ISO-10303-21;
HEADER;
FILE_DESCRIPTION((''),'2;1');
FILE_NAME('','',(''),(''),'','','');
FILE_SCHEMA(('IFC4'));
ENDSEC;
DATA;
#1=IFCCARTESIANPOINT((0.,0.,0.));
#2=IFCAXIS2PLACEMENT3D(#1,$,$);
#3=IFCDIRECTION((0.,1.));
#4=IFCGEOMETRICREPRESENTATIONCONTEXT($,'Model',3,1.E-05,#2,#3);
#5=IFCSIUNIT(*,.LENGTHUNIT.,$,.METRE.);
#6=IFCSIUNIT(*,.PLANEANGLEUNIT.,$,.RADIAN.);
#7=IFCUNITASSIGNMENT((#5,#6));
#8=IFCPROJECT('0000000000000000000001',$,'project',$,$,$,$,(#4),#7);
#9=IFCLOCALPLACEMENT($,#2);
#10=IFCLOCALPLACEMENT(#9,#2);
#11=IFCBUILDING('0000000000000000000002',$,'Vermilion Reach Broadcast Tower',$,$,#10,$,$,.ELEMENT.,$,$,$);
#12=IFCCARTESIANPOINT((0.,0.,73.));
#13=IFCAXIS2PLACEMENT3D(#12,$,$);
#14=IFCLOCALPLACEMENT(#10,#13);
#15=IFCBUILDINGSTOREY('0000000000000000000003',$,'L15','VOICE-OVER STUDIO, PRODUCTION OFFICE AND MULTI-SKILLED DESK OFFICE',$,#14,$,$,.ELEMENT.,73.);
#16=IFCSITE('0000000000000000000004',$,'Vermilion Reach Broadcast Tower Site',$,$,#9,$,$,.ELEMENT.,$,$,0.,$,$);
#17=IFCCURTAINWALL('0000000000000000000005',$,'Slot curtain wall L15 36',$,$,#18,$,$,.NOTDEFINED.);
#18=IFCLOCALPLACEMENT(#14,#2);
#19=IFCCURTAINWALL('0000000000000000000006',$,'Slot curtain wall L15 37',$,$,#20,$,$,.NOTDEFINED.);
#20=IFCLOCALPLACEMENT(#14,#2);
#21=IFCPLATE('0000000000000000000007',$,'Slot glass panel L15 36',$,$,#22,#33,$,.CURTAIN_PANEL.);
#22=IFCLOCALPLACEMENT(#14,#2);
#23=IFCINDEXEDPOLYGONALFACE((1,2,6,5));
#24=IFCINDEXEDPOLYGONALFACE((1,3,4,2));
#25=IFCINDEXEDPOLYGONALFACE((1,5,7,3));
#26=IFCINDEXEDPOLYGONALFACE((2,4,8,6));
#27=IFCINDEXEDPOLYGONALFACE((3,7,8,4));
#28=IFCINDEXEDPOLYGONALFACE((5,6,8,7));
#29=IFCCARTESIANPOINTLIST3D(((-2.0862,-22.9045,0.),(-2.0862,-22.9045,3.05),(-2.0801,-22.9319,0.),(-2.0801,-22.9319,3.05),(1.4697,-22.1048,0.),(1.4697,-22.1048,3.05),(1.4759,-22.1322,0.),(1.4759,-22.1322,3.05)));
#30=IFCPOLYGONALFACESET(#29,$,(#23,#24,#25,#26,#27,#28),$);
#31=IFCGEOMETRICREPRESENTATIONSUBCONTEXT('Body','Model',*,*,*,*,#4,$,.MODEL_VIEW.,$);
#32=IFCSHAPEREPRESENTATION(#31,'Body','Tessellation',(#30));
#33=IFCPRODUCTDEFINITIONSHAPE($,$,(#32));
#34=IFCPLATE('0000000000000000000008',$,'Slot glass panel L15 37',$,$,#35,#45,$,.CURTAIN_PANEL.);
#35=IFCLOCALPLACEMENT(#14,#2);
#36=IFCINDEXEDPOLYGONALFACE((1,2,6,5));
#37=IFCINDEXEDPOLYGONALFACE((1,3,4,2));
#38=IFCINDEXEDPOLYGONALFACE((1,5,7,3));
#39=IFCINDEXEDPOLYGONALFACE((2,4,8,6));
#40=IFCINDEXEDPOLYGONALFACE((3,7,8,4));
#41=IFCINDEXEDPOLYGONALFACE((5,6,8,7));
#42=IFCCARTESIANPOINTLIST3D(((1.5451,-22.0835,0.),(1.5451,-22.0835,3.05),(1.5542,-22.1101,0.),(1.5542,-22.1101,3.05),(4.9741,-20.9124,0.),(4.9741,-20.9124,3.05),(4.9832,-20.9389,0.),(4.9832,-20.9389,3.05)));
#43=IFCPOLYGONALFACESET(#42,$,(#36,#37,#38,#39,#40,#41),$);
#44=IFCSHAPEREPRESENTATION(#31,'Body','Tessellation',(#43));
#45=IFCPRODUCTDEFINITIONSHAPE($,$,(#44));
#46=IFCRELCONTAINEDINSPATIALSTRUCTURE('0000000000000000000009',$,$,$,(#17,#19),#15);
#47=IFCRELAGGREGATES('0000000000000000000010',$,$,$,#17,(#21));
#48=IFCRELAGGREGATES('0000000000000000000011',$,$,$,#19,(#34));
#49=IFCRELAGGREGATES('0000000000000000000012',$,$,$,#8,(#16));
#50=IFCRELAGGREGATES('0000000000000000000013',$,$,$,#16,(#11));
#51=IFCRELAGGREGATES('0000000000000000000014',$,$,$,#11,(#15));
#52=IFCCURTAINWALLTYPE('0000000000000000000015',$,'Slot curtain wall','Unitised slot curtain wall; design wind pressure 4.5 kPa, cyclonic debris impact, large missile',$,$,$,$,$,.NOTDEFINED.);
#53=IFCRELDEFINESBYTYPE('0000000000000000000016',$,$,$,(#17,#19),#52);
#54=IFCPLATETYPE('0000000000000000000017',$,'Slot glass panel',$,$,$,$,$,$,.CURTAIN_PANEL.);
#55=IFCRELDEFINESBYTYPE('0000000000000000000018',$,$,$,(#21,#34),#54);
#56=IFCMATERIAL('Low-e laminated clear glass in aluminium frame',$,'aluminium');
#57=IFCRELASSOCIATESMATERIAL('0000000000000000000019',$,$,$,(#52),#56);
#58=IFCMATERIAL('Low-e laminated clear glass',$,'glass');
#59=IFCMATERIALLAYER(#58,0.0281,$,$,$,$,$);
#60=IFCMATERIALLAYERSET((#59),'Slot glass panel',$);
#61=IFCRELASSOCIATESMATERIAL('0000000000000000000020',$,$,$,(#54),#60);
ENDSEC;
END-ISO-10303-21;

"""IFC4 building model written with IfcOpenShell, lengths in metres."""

from ifc_helpers import new_model, si_unit, direction, frame, origin, origin_2d, place, context, subcontext, project, spatial, rectangle, extrude, material, layer, layer_set, type_object, element, aggregate, save


model = new_model("IFC4")

# Units and contexts
model_context = context("Model", 3, precision=1e-05, world=origin(), true_north=direction((0.0, 1.0)))
body_context = subcontext(model_context, "Body", "Model", "MODEL_VIEW")
ifc_project = project(units=[si_unit("LENGTHUNIT", "METRE"), si_unit("PLANEANGLEUNIT", "RADIAN")], contexts=[model_context])

# Site, building, storey
site_placement = place(None, origin())
site = spatial("IfcSite", under=ifc_project, at=site_placement, Name="Vermilion Reach Broadcast Tower Site", CompositionType="ELEMENT", RefElevation=0.0)
building_placement = place(site_placement, origin())
building = spatial("IfcBuilding", under=site, at=building_placement, Name="Vermilion Reach Broadcast Tower", CompositionType="ELEMENT")
storey_placement = place(building_placement, frame((0.0, 0.0, 73.0)))
storey = spatial("IfcBuildingStorey", under=building, at=storey_placement, Name="L15", Description="VOICE-OVER STUDIO, PRODUCTION OFFICE AND MULTI-SKILLED DESK OFFICE", CompositionType="ELEMENT", Elevation=73.0)

# Curtain walls
ifc_material_1 = material(Name="Low-e laminated clear glass in aluminium frame", Category="aluminium")
curtain_wall_type = type_object("IfcCurtainWallType", Name="Slot curtain wall", Description="Unitised slot curtain wall; design wind pressure 4.5 kPa, cyclonic debris impact, large missile", PredefinedType="NOTDEFINED", material=ifc_material_1)
placement = place(storey_placement, origin())
curtain_wall_1 = element("IfcCurtainWall", 1, at=placement, inside=storey, type_object=curtain_wall_type, Name="Slot curtain wall L15 36", PredefinedType="NOTDEFINED")
curtain_wall_2 = element("IfcCurtainWall", 2, at=placement, inside=storey, type_object=curtain_wall_type, Name="Slot curtain wall L15 37", PredefinedType="NOTDEFINED")

# Plates
ifc_material_2 = material(Name="Low-e laminated clear glass", Category="glass")
ifc_layer = layer(ifc_material_2, 0.0281)
ifc_layer_set = layer_set([ifc_layer], Name="Slot glass panel")
plate_type = type_object("IfcPlateType", Name="Slot glass panel", PredefinedType="CURTAIN_PANEL", material=ifc_layer_set)
plate_1_placement = place(storey_placement, frame((-0.3052, -22.5183, 0.0), z_axis=(0.0, 0.0, 1.0), x_axis=(0.975633, 0.219409, 0.0)))
plate_1 = element("IfcPlate", 3, at=plate_1_placement, type_object=plate_type, Name="Slot glass panel L15 36", PredefinedType="CURTAIN_PANEL", context=body_context, shape_type="SweptSolid", body=[
    extrude(rectangle(XDim=3.6448, YDim=0.0281, at=origin_2d()), origin(), (0.0, 0.0, 1.0), 3.05),
])
aggregate(curtain_wall_1, [plate_1])
plate_2_placement = place(storey_placement, frame((3.2642, -21.5112, 0.0), z_axis=(0.0, 0.0, 1.0), x_axis=(0.946325, 0.323217, 0.0)))
plate_2 = element("IfcPlate", 4, at=plate_2_placement, type_object=plate_type, Name="Slot glass panel L15 37", PredefinedType="CURTAIN_PANEL", context=body_context, shape_type="SweptSolid", body=[
    extrude(rectangle(XDim=3.6235, YDim=0.0281, at=origin_2d()), origin(), (0.0, 0.0, 1.0), 3.05),
])
aggregate(curtain_wall_2, [plate_2])

save(model, "model.ifc")
